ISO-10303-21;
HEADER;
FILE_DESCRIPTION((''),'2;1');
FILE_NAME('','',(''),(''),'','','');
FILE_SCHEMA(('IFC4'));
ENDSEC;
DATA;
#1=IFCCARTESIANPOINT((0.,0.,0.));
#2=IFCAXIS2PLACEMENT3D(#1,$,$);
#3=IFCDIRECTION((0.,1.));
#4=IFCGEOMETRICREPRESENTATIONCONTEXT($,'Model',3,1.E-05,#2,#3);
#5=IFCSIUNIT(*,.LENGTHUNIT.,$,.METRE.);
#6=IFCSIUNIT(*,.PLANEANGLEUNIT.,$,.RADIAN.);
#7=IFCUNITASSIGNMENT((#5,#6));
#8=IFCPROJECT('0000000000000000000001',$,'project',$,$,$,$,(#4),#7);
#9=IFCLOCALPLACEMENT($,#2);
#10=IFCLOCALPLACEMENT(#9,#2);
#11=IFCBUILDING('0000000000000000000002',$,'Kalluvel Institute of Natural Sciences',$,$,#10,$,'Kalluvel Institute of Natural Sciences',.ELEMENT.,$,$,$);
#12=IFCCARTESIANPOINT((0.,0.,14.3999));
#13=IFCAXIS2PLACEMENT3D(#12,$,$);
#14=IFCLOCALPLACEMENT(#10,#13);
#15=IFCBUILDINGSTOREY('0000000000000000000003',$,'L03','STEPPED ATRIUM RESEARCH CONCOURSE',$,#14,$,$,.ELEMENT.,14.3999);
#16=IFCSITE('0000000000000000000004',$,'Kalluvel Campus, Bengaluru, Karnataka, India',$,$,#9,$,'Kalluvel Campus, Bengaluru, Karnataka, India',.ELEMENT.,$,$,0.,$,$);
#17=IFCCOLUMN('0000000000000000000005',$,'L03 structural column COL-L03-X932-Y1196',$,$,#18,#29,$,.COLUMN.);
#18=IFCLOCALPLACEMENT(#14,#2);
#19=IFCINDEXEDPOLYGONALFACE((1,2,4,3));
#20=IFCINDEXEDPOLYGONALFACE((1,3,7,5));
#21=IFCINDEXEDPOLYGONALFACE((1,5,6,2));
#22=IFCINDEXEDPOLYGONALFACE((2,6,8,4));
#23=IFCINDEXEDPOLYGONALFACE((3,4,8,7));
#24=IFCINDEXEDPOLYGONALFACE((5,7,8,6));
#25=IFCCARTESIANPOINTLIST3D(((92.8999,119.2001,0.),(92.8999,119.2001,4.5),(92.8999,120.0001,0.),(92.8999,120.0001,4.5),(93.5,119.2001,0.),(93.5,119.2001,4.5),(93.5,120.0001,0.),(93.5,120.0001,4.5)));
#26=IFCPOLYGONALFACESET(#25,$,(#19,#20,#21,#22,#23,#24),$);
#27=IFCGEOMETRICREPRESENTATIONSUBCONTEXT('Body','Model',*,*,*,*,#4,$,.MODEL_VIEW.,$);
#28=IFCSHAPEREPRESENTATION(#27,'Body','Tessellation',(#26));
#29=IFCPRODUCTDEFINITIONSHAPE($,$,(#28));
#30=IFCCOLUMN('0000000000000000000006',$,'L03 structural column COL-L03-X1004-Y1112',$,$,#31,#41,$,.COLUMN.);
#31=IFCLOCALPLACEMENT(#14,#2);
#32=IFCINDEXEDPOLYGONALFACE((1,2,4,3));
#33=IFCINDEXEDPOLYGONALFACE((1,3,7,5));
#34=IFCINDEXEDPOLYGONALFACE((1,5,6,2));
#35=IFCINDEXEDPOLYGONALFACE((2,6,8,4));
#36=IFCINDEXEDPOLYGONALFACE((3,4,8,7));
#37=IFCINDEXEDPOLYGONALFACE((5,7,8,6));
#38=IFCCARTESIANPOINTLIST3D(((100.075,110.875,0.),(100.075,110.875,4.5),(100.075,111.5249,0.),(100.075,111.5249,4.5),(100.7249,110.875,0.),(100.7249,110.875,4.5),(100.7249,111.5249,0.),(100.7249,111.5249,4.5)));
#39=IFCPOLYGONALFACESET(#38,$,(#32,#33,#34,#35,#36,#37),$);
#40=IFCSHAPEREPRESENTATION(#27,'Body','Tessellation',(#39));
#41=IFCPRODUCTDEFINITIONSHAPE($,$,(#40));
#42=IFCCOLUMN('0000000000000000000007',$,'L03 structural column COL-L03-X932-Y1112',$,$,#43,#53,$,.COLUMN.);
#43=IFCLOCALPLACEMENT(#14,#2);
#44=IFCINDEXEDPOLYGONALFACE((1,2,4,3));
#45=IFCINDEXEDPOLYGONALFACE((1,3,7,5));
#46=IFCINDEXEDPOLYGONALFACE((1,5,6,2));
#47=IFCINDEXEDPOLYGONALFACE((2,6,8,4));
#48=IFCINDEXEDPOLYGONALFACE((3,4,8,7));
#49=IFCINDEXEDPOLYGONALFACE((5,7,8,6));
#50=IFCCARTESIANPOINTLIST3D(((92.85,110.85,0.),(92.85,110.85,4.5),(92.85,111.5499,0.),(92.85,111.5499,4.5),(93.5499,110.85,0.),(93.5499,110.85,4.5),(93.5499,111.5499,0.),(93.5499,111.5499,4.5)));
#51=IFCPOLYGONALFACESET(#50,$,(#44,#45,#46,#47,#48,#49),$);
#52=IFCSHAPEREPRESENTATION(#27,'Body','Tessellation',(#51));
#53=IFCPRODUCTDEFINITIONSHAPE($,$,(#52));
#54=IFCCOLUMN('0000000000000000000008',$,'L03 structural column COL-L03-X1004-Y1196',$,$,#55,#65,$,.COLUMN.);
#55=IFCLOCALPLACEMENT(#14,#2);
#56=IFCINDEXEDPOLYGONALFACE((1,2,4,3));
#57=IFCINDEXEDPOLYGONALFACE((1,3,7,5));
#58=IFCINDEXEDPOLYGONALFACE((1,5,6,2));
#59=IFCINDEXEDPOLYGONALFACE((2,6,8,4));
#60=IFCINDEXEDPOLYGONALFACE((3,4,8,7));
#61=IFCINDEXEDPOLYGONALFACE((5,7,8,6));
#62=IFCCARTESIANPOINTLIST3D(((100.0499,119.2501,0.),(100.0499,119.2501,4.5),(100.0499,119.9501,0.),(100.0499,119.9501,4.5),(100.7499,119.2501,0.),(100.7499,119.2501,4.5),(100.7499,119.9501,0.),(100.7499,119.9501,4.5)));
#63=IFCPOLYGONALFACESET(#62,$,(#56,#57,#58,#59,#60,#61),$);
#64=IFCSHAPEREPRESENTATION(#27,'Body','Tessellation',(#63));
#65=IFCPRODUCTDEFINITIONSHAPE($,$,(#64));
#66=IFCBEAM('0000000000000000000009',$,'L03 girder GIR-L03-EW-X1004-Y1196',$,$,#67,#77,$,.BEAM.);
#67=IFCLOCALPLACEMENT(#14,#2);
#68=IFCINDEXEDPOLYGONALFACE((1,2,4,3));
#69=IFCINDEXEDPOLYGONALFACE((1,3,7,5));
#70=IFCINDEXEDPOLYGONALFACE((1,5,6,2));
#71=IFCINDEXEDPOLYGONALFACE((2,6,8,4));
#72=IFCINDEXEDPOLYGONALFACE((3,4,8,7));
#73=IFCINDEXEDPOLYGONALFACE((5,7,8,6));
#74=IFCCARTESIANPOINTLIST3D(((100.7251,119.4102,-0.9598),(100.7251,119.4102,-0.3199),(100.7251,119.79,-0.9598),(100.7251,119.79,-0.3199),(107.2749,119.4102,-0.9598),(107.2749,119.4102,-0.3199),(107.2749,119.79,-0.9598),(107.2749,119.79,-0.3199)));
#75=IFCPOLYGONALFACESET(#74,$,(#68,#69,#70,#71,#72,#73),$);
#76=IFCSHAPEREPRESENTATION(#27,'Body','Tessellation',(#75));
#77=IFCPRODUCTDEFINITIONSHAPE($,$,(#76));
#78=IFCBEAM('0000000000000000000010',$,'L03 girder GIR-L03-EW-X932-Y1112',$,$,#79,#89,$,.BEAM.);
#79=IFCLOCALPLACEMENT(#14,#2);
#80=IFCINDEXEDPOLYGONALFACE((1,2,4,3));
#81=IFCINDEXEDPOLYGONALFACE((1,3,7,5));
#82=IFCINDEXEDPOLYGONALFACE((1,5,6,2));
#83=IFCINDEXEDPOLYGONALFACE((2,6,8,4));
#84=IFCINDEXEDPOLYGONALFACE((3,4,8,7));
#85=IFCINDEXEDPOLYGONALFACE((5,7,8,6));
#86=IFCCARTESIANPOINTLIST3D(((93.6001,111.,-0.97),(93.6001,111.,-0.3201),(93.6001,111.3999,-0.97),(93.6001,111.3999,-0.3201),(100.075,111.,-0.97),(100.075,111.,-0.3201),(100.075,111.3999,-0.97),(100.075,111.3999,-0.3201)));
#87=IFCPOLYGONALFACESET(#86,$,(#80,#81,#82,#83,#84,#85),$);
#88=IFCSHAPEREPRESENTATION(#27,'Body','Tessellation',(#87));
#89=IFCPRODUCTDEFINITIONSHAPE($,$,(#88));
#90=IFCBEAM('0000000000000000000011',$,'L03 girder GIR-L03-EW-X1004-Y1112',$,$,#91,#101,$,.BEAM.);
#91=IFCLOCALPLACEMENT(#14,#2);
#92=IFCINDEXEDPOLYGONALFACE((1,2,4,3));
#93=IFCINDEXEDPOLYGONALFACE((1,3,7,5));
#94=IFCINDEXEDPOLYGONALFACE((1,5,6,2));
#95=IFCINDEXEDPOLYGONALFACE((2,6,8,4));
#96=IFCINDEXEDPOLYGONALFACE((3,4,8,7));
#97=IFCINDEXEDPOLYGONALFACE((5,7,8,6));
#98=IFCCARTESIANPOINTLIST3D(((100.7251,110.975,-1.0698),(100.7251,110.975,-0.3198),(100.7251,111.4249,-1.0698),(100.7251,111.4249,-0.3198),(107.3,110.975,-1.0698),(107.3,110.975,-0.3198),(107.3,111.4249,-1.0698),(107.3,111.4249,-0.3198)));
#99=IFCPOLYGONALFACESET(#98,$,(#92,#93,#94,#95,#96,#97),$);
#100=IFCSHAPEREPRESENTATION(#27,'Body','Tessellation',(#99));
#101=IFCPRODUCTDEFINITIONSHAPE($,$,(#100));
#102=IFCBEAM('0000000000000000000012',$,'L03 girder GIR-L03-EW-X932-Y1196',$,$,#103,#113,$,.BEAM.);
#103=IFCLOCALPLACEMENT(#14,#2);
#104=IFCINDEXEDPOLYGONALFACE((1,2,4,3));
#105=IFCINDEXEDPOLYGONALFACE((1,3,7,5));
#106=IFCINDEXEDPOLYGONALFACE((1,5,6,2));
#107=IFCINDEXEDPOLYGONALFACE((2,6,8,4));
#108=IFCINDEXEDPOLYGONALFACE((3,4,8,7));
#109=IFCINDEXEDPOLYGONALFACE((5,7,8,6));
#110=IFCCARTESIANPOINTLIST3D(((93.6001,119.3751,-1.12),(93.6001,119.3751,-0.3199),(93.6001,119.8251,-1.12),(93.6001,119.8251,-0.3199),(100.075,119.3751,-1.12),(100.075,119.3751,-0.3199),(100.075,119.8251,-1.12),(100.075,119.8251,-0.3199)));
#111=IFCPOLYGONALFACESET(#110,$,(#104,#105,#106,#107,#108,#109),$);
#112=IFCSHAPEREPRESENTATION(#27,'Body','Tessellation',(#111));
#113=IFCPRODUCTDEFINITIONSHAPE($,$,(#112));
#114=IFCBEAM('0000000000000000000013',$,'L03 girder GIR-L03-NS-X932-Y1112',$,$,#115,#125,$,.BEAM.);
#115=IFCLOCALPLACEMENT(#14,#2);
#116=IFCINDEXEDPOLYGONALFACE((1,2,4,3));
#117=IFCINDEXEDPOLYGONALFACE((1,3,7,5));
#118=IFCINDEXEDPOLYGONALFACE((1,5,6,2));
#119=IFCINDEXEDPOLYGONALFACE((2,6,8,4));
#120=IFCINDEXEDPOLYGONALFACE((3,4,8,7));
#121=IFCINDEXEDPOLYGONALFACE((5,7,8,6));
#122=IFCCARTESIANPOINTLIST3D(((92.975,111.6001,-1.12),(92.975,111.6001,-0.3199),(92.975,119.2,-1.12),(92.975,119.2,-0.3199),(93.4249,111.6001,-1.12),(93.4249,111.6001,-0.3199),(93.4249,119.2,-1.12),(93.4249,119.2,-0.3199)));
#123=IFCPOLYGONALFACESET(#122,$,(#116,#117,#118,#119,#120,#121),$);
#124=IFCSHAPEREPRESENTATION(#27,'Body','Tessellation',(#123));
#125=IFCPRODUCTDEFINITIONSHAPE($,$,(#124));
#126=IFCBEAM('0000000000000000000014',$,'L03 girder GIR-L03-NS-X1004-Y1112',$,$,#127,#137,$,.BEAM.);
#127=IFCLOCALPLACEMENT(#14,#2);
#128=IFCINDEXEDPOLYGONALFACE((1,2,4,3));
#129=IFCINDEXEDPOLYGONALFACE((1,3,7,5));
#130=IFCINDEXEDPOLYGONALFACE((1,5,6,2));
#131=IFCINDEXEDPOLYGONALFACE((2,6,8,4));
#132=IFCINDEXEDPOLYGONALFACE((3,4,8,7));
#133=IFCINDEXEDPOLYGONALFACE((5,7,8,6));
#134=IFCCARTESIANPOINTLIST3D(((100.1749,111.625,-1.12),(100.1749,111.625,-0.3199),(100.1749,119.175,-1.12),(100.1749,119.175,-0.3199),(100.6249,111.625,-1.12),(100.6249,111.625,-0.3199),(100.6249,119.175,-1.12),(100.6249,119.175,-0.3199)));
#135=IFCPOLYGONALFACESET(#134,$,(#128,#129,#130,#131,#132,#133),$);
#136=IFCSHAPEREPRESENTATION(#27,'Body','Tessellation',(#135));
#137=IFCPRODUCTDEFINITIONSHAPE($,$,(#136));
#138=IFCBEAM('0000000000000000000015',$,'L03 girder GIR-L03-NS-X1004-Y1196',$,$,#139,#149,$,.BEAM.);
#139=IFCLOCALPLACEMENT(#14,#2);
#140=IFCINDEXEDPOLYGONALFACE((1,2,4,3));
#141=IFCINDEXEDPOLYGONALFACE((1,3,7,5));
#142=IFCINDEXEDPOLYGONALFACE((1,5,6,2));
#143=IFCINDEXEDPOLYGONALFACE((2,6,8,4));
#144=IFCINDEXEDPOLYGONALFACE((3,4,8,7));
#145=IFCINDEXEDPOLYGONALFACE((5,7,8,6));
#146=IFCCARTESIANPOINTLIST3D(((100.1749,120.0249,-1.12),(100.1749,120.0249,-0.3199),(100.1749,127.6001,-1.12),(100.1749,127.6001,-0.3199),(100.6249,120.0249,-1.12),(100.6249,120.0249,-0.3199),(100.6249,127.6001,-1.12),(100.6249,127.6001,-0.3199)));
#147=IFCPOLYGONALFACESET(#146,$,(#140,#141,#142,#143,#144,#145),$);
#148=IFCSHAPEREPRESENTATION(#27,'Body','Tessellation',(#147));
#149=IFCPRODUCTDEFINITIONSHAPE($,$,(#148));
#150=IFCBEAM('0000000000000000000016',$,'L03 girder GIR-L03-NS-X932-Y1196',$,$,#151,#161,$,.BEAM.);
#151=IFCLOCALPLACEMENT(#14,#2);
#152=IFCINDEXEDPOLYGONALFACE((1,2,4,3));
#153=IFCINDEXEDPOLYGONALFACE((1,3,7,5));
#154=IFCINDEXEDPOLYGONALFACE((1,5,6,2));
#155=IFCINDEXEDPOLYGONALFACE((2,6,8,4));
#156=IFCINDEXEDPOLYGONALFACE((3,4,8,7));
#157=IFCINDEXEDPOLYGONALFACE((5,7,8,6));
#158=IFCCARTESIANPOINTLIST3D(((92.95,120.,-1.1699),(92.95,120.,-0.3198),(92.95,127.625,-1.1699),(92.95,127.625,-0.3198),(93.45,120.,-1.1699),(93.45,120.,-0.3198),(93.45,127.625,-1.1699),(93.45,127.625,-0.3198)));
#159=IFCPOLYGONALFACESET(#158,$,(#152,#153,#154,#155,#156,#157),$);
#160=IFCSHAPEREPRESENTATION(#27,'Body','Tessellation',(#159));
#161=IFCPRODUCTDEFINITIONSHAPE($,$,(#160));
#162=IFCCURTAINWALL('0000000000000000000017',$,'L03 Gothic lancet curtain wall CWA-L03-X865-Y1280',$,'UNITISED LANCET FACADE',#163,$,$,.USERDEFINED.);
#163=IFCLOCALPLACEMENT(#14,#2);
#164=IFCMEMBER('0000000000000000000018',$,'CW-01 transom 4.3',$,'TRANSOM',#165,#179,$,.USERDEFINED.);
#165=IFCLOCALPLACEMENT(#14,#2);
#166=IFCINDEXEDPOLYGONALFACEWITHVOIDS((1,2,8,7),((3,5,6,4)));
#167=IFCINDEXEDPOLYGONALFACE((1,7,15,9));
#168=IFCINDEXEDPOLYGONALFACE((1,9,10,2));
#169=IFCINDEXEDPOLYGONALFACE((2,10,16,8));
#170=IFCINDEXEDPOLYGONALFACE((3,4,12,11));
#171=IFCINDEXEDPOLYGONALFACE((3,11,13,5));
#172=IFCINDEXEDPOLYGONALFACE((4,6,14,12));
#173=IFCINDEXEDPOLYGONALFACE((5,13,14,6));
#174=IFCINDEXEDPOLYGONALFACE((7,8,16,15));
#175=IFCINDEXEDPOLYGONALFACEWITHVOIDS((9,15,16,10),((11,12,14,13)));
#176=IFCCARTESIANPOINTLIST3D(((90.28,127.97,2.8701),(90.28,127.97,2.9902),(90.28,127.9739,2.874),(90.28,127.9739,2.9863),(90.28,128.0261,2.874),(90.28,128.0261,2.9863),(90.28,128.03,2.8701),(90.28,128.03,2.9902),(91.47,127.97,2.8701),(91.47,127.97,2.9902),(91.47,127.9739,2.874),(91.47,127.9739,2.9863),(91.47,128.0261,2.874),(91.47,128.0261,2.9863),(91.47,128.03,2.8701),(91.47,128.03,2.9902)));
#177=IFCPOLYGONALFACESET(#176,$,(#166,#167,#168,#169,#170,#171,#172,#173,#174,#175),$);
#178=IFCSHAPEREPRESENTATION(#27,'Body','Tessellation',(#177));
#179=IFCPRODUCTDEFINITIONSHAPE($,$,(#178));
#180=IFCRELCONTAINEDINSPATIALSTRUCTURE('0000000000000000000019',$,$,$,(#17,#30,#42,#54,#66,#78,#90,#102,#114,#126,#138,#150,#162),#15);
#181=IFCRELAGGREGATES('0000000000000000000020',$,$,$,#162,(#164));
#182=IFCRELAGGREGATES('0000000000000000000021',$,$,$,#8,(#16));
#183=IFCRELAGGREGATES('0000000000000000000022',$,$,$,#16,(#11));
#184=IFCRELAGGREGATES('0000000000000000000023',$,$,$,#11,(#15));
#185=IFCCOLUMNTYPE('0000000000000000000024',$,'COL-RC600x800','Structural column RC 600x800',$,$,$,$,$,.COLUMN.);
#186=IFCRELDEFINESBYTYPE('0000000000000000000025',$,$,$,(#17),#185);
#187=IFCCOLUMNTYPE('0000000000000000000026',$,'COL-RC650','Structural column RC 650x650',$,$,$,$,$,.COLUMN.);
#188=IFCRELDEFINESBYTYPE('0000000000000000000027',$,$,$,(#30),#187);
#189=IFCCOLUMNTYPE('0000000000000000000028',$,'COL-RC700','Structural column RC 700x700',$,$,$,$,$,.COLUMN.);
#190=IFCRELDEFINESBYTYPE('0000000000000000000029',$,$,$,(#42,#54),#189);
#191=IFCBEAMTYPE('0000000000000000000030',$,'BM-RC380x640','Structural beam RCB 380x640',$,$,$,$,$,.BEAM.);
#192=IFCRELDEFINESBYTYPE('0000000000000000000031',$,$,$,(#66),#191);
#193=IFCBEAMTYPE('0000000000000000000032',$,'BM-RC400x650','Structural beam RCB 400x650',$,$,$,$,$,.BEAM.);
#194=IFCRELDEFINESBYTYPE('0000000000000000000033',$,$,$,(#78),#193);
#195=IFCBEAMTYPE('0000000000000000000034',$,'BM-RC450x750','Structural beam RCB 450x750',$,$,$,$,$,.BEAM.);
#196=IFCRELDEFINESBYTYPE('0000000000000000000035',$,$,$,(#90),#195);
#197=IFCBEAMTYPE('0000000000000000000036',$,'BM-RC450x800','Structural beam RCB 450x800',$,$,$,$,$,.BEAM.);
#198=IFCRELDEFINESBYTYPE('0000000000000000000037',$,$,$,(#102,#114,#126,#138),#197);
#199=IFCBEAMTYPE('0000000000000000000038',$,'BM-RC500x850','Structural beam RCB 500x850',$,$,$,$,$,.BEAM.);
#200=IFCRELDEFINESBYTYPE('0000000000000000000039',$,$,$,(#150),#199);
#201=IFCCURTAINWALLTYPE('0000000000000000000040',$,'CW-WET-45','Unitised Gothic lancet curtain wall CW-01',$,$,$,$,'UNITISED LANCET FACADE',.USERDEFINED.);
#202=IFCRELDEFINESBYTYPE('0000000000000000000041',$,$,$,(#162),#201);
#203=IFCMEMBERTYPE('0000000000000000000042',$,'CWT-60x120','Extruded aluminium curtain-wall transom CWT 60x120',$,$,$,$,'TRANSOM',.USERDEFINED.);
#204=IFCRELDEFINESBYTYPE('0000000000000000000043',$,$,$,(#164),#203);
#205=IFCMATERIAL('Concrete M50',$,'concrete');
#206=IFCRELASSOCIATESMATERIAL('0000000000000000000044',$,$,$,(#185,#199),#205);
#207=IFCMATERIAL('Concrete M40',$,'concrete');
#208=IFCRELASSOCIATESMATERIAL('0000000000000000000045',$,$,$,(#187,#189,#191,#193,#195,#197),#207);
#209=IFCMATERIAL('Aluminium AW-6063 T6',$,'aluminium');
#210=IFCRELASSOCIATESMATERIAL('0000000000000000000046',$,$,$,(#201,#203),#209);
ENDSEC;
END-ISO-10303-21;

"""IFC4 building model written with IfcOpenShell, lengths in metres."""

from ifc_helpers import new_model, si_unit, direction, frame, origin, origin_2d, place, context, subcontext, project, spatial, rectangle, hollow_rectangle, extrude, material, material_profile, profile_set, type_object, element, aggregate, save


model = new_model("IFC4")

# Units and contexts
model_context = context("Model", 3, precision=1e-05, world=origin(), true_north=direction((0.0, 1.0)))
body_context = subcontext(model_context, "Body", "Model", "MODEL_VIEW")
ifc_project = project(units=[si_unit("LENGTHUNIT", "METRE"), si_unit("PLANEANGLEUNIT", "RADIAN")], contexts=[model_context])

# Site, building, storey
site_placement = place(None, origin())
site = spatial("IfcSite", under=ifc_project, at=site_placement, Name="Kalluvel Campus, Bengaluru, Karnataka, India", LongName="Kalluvel Campus, Bengaluru, Karnataka, India", CompositionType="ELEMENT", RefElevation=0.0)
building_placement = place(site_placement, origin())
building = spatial("IfcBuilding", under=site, at=building_placement, Name="Kalluvel Institute of Natural Sciences", LongName="Kalluvel Institute of Natural Sciences", CompositionType="ELEMENT")
storey_placement = place(building_placement, frame((0.0, 0.0, 14.3999)))
storey = spatial("IfcBuildingStorey", under=building, at=storey_placement, Name="L03", Description="STEPPED ATRIUM RESEARCH CONCOURSE", CompositionType="ELEMENT", Elevation=14.3999)

# Columns
ifc_material_1 = material(Name="Concrete M50", Category="concrete")
ifc_material_profile_1 = material_profile(ifc_material_1, rectangle(XDim=0.6001, YDim=0.8, at=origin_2d()), Name="RC 600x800")
ifc_profile_set_1 = profile_set([ifc_material_profile_1], Name="Concrete M50")
column_type_1 = type_object("IfcColumnType", Name="COL-RC600x800", Description="Structural column RC 600x800", PredefinedType="COLUMN", material=ifc_profile_set_1)
column_1_placement = place(storey_placement, frame((93.2, 119.6001, 0.0), z_axis=(0.0, 0.0, 1.0), x_axis=(1.0, 0.0, 0.0)))
element("IfcColumn", 1, at=column_1_placement, inside=storey, type_object=column_type_1, Name="L03 structural column COL-L03-X932-Y1196", PredefinedType="COLUMN", context=body_context, shape_type="SweptSolid", body=[
    extrude(rectangle(XDim=0.6001, YDim=0.8, at=origin_2d()), origin(), (0.0, 0.0, 1.0), 4.5),
])
ifc_material_2 = material(Name="Concrete M40", Category="concrete")
ifc_material_profile_2 = material_profile(ifc_material_2, rectangle(XDim=0.6499, YDim=0.6499, at=origin_2d()), Name="RC 650x650")
ifc_profile_set_2 = profile_set([ifc_material_profile_2], Name="Concrete M40")
column_type_2 = type_object("IfcColumnType", Name="COL-RC650", Description="Structural column RC 650x650", PredefinedType="COLUMN", material=ifc_profile_set_2)
column_2_placement = place(storey_placement, frame((100.3999, 111.2, 0.0), z_axis=(0.0, 0.0, 1.0), x_axis=(1.0, 0.0, 0.0)))
element("IfcColumn", 2, at=column_2_placement, inside=storey, type_object=column_type_2, Name="L03 structural column COL-L03-X1004-Y1112", PredefinedType="COLUMN", context=body_context, shape_type="SweptSolid", body=[
    extrude(rectangle(XDim=0.6499, YDim=0.6499, at=origin_2d()), origin(), (0.0, 0.0, 1.0), 4.5),
])
ifc_material_profile_3 = material_profile(ifc_material_2, rectangle(XDim=0.7, YDim=0.7, at=origin_2d()), Name="RC 700x700")
ifc_profile_set_3 = profile_set([ifc_material_profile_3], Name="Concrete M40")
column_type_3 = type_object("IfcColumnType", Name="COL-RC700", Description="Structural column RC 700x700", PredefinedType="COLUMN", material=ifc_profile_set_3)
for number, where, z_axis, x_axis, name in (
    (3, (93.2, 111.2, 0.0), (0.0, 0.0, 1.0), (1.0, 0.0, 0.0), "L03 structural column COL-L03-X932-Y1112"),
    (4, (100.3999, 119.6001, 0.0), (0.0, 0.0, 1.0), (1.0, 0.0, 0.0), "L03 structural column COL-L03-X1004-Y1196"),
):
    element("IfcColumn", number, at=place(storey_placement, frame(where, z_axis=z_axis, x_axis=x_axis)), inside=storey, type_object=column_type_3, Name=name, PredefinedType="COLUMN", context=body_context, shape_type="SweptSolid", body=[
        extrude(rectangle(XDim=0.7, YDim=0.7, at=origin_2d()), origin(), (0.0, 0.0, 1.0), 4.5),
    ])

# Beams
ifc_material_profile_4 = material_profile(ifc_material_2, rectangle(XDim=0.3799, YDim=0.6399, at=origin_2d()), Name="RCB 380x640")
ifc_profile_set_4 = profile_set([ifc_material_profile_4], Name="Concrete M40")
beam_type_1 = type_object("IfcBeamType", Name="BM-RC380x640", Description="Structural beam RCB 380x640", PredefinedType="BEAM", material=ifc_profile_set_4)
beam_1_placement = place(storey_placement, frame((100.7251, 119.6001, -0.6399), z_axis=(1.0, 0.0, 0.0), x_axis=(0.0, 1.0, 0.0)))
element("IfcBeam", 5, at=beam_1_placement, inside=storey, type_object=beam_type_1, Name="L03 girder GIR-L03-EW-X1004-Y1196", PredefinedType="BEAM", context=body_context, shape_type="SweptSolid", body=[
    extrude(rectangle(XDim=0.3799, YDim=0.6399, at=origin_2d()), origin(), (0.0, 0.0, 1.0), 6.5498),
])
ifc_material_profile_5 = material_profile(ifc_material_2, rectangle(XDim=0.3999, YDim=0.6499, at=origin_2d()), Name="RCB 400x650")
ifc_profile_set_5 = profile_set([ifc_material_profile_5], Name="Concrete M40")
beam_type_2 = type_object("IfcBeamType", Name="BM-RC400x650", Description="Structural beam RCB 400x650", PredefinedType="BEAM", material=ifc_profile_set_5)
beam_2_placement = place(storey_placement, frame((93.6001, 111.2, -0.645), z_axis=(1.0, 0.0, 0.0), x_axis=(0.0, 1.0, 0.0)))
element("IfcBeam", 6, at=beam_2_placement, inside=storey, type_object=beam_type_2, Name="L03 girder GIR-L03-EW-X932-Y1112", PredefinedType="BEAM", context=body_context, shape_type="SweptSolid", body=[
    extrude(rectangle(XDim=0.3999, YDim=0.6499, at=origin_2d()), origin(), (0.0, 0.0, 1.0), 6.4749),
])
ifc_material_profile_6 = material_profile(ifc_material_2, rectangle(XDim=0.45, YDim=0.75, at=origin_2d()), Name="RCB 450x750")
ifc_profile_set_6 = profile_set([ifc_material_profile_6], Name="Concrete M40")
beam_type_3 = type_object("IfcBeamType", Name="BM-RC450x750", Description="Structural beam RCB 450x750", PredefinedType="BEAM", material=ifc_profile_set_6)
beam_3_placement = place(storey_placement, frame((100.7251, 111.2, -0.6948), z_axis=(1.0, 0.0, 0.0), x_axis=(0.0, 1.0, 0.0)))
element("IfcBeam", 7, at=beam_3_placement, inside=storey, type_object=beam_type_3, Name="L03 girder GIR-L03-EW-X1004-Y1112", PredefinedType="BEAM", context=body_context, shape_type="SweptSolid", body=[
    extrude(rectangle(XDim=0.45, YDim=0.75, at=origin_2d()), origin(), (0.0, 0.0, 1.0), 6.575),
])
ifc_material_profile_7 = material_profile(ifc_material_2, rectangle(XDim=0.45, YDim=0.8, at=origin_2d()), Name="RCB 450x800")
ifc_profile_set_7 = profile_set([ifc_material_profile_7], Name="Concrete M40")
beam_type_4 = type_object("IfcBeamType", Name="BM-RC450x800", Description="Structural beam RCB 450x800", PredefinedType="BEAM", material=ifc_profile_set_7)
beam_4_placement = place(storey_placement, frame((93.6001, 119.6001, -0.72), z_axis=(1.0, 0.0, 0.0), x_axis=(0.0, 1.0, 0.0)))
element("IfcBeam", 8, at=beam_4_placement, inside=storey, type_object=beam_type_4, Name="L03 girder GIR-L03-EW-X932-Y1196", PredefinedType="BEAM", context=body_context, shape_type="SweptSolid", body=[
    extrude(rectangle(XDim=0.45, YDim=0.8, at=origin_2d()), origin(), (0.0, 0.0, 1.0), 6.4749),
])
beam_5_placement = place(storey_placement, frame((93.2, 111.6001, -0.72), z_axis=(0.0, 1.0, 0.0), x_axis=(-1.0, 0.0, 0.0)))
element("IfcBeam", 9, at=beam_5_placement, inside=storey, type_object=beam_type_4, Name="L03 girder GIR-L03-NS-X932-Y1112", PredefinedType="BEAM", context=body_context, shape_type="SweptSolid", body=[
    extrude(rectangle(XDim=0.45, YDim=0.8, at=origin_2d()), origin(), (0.0, 0.0, 1.0), 7.5999),
])
beam_6_placement = place(storey_placement, frame((100.3999, 111.625, -0.72), z_axis=(0.0, 1.0, 0.0), x_axis=(-1.0, 0.0, 0.0)))
element("IfcBeam", 10, at=beam_6_placement, inside=storey, type_object=beam_type_4, Name="L03 girder GIR-L03-NS-X1004-Y1112", PredefinedType="BEAM", context=body_context, shape_type="SweptSolid", body=[
    extrude(rectangle(XDim=0.45, YDim=0.8, at=origin_2d()), origin(), (0.0, 0.0, 1.0), 7.55),
])
beam_7_placement = place(storey_placement, frame((100.3999, 120.0249, -0.72), z_axis=(0.0, 1.0, 0.0), x_axis=(-1.0, 0.0, 0.0)))
element("IfcBeam", 11, at=beam_7_placement, inside=storey, type_object=beam_type_4, Name="L03 girder GIR-L03-NS-X1004-Y1196", PredefinedType="BEAM", context=body_context, shape_type="SweptSolid", body=[
    extrude(rectangle(XDim=0.45, YDim=0.8, at=origin_2d()), origin(), (0.0, 0.0, 1.0), 7.5752),
])
ifc_material_profile_8 = material_profile(ifc_material_1, rectangle(XDim=0.5, YDim=0.8501, at=origin_2d()), Name="RCB 500x850")
ifc_profile_set_8 = profile_set([ifc_material_profile_8], Name="Concrete M50")
beam_type_5 = type_object("IfcBeamType", Name="BM-RC500x850", Description="Structural beam RCB 500x850", PredefinedType="BEAM", material=ifc_profile_set_8)
beam_8_placement = place(storey_placement, frame((93.2, 120.0, -0.7449), z_axis=(0.0, 1.0, 0.0), x_axis=(-1.0, 0.0, 0.0)))
element("IfcBeam", 12, at=beam_8_placement, inside=storey, type_object=beam_type_5, Name="L03 girder GIR-L03-NS-X932-Y1196", PredefinedType="BEAM", context=body_context, shape_type="SweptSolid", body=[
    extrude(rectangle(XDim=0.5, YDim=0.8501, at=origin_2d()), origin(), (0.0, 0.0, 1.0), 7.625),
])

# Curtain wall, member
ifc_material_3 = material(Name="Aluminium AW-6063 T6", Category="aluminium")
curtain_wall_type = type_object("IfcCurtainWallType", Name="CW-WET-45", Description="Unitised Gothic lancet curtain wall CW-01", ElementType="UNITISED LANCET FACADE", PredefinedType="USERDEFINED", material=ifc_material_3)
curtain_wall_placement = place(storey_placement, origin())
curtain_wall = element("IfcCurtainWall", 13, at=curtain_wall_placement, inside=storey, type_object=curtain_wall_type, Name="L03 Gothic lancet curtain wall CWA-L03-X865-Y1280", ObjectType="UNITISED LANCET FACADE", PredefinedType="USERDEFINED")
ifc_material_profile_9 = material_profile(ifc_material_3, hollow_rectangle(XDim=0.0601, YDim=0.1201, WallThickness=0.0039, at=origin_2d()), Name="CWT 60x120")
ifc_profile_set_9 = profile_set([ifc_material_profile_9], Name="Aluminium AW-6063 T6")
member_type = type_object("IfcMemberType", Name="CWT-60x120", Description="Extruded aluminium curtain-wall transom CWT 60x120", ElementType="TRANSOM", PredefinedType="USERDEFINED", material=ifc_profile_set_9)
member_1_placement = place(storey_placement, frame((90.28, 128.0, 2.9302), z_axis=(1.0, 0.0, 0.0), x_axis=(0.0, 1.0, 0.0)))
member_1 = element("IfcMember", 14, at=member_1_placement, type_object=member_type, Name="CW-01 transom 4.3", ObjectType="TRANSOM", PredefinedType="USERDEFINED", context=body_context, shape_type="SweptSolid", body=[
    extrude(hollow_rectangle(XDim=0.0601, YDim=0.1201, WallThickness=0.0039, at=origin_2d()), origin(), (0.0, 0.0, 1.0), 1.1899),
])

aggregate(curtain_wall, [member_1])

save(model, "model.ifc")
